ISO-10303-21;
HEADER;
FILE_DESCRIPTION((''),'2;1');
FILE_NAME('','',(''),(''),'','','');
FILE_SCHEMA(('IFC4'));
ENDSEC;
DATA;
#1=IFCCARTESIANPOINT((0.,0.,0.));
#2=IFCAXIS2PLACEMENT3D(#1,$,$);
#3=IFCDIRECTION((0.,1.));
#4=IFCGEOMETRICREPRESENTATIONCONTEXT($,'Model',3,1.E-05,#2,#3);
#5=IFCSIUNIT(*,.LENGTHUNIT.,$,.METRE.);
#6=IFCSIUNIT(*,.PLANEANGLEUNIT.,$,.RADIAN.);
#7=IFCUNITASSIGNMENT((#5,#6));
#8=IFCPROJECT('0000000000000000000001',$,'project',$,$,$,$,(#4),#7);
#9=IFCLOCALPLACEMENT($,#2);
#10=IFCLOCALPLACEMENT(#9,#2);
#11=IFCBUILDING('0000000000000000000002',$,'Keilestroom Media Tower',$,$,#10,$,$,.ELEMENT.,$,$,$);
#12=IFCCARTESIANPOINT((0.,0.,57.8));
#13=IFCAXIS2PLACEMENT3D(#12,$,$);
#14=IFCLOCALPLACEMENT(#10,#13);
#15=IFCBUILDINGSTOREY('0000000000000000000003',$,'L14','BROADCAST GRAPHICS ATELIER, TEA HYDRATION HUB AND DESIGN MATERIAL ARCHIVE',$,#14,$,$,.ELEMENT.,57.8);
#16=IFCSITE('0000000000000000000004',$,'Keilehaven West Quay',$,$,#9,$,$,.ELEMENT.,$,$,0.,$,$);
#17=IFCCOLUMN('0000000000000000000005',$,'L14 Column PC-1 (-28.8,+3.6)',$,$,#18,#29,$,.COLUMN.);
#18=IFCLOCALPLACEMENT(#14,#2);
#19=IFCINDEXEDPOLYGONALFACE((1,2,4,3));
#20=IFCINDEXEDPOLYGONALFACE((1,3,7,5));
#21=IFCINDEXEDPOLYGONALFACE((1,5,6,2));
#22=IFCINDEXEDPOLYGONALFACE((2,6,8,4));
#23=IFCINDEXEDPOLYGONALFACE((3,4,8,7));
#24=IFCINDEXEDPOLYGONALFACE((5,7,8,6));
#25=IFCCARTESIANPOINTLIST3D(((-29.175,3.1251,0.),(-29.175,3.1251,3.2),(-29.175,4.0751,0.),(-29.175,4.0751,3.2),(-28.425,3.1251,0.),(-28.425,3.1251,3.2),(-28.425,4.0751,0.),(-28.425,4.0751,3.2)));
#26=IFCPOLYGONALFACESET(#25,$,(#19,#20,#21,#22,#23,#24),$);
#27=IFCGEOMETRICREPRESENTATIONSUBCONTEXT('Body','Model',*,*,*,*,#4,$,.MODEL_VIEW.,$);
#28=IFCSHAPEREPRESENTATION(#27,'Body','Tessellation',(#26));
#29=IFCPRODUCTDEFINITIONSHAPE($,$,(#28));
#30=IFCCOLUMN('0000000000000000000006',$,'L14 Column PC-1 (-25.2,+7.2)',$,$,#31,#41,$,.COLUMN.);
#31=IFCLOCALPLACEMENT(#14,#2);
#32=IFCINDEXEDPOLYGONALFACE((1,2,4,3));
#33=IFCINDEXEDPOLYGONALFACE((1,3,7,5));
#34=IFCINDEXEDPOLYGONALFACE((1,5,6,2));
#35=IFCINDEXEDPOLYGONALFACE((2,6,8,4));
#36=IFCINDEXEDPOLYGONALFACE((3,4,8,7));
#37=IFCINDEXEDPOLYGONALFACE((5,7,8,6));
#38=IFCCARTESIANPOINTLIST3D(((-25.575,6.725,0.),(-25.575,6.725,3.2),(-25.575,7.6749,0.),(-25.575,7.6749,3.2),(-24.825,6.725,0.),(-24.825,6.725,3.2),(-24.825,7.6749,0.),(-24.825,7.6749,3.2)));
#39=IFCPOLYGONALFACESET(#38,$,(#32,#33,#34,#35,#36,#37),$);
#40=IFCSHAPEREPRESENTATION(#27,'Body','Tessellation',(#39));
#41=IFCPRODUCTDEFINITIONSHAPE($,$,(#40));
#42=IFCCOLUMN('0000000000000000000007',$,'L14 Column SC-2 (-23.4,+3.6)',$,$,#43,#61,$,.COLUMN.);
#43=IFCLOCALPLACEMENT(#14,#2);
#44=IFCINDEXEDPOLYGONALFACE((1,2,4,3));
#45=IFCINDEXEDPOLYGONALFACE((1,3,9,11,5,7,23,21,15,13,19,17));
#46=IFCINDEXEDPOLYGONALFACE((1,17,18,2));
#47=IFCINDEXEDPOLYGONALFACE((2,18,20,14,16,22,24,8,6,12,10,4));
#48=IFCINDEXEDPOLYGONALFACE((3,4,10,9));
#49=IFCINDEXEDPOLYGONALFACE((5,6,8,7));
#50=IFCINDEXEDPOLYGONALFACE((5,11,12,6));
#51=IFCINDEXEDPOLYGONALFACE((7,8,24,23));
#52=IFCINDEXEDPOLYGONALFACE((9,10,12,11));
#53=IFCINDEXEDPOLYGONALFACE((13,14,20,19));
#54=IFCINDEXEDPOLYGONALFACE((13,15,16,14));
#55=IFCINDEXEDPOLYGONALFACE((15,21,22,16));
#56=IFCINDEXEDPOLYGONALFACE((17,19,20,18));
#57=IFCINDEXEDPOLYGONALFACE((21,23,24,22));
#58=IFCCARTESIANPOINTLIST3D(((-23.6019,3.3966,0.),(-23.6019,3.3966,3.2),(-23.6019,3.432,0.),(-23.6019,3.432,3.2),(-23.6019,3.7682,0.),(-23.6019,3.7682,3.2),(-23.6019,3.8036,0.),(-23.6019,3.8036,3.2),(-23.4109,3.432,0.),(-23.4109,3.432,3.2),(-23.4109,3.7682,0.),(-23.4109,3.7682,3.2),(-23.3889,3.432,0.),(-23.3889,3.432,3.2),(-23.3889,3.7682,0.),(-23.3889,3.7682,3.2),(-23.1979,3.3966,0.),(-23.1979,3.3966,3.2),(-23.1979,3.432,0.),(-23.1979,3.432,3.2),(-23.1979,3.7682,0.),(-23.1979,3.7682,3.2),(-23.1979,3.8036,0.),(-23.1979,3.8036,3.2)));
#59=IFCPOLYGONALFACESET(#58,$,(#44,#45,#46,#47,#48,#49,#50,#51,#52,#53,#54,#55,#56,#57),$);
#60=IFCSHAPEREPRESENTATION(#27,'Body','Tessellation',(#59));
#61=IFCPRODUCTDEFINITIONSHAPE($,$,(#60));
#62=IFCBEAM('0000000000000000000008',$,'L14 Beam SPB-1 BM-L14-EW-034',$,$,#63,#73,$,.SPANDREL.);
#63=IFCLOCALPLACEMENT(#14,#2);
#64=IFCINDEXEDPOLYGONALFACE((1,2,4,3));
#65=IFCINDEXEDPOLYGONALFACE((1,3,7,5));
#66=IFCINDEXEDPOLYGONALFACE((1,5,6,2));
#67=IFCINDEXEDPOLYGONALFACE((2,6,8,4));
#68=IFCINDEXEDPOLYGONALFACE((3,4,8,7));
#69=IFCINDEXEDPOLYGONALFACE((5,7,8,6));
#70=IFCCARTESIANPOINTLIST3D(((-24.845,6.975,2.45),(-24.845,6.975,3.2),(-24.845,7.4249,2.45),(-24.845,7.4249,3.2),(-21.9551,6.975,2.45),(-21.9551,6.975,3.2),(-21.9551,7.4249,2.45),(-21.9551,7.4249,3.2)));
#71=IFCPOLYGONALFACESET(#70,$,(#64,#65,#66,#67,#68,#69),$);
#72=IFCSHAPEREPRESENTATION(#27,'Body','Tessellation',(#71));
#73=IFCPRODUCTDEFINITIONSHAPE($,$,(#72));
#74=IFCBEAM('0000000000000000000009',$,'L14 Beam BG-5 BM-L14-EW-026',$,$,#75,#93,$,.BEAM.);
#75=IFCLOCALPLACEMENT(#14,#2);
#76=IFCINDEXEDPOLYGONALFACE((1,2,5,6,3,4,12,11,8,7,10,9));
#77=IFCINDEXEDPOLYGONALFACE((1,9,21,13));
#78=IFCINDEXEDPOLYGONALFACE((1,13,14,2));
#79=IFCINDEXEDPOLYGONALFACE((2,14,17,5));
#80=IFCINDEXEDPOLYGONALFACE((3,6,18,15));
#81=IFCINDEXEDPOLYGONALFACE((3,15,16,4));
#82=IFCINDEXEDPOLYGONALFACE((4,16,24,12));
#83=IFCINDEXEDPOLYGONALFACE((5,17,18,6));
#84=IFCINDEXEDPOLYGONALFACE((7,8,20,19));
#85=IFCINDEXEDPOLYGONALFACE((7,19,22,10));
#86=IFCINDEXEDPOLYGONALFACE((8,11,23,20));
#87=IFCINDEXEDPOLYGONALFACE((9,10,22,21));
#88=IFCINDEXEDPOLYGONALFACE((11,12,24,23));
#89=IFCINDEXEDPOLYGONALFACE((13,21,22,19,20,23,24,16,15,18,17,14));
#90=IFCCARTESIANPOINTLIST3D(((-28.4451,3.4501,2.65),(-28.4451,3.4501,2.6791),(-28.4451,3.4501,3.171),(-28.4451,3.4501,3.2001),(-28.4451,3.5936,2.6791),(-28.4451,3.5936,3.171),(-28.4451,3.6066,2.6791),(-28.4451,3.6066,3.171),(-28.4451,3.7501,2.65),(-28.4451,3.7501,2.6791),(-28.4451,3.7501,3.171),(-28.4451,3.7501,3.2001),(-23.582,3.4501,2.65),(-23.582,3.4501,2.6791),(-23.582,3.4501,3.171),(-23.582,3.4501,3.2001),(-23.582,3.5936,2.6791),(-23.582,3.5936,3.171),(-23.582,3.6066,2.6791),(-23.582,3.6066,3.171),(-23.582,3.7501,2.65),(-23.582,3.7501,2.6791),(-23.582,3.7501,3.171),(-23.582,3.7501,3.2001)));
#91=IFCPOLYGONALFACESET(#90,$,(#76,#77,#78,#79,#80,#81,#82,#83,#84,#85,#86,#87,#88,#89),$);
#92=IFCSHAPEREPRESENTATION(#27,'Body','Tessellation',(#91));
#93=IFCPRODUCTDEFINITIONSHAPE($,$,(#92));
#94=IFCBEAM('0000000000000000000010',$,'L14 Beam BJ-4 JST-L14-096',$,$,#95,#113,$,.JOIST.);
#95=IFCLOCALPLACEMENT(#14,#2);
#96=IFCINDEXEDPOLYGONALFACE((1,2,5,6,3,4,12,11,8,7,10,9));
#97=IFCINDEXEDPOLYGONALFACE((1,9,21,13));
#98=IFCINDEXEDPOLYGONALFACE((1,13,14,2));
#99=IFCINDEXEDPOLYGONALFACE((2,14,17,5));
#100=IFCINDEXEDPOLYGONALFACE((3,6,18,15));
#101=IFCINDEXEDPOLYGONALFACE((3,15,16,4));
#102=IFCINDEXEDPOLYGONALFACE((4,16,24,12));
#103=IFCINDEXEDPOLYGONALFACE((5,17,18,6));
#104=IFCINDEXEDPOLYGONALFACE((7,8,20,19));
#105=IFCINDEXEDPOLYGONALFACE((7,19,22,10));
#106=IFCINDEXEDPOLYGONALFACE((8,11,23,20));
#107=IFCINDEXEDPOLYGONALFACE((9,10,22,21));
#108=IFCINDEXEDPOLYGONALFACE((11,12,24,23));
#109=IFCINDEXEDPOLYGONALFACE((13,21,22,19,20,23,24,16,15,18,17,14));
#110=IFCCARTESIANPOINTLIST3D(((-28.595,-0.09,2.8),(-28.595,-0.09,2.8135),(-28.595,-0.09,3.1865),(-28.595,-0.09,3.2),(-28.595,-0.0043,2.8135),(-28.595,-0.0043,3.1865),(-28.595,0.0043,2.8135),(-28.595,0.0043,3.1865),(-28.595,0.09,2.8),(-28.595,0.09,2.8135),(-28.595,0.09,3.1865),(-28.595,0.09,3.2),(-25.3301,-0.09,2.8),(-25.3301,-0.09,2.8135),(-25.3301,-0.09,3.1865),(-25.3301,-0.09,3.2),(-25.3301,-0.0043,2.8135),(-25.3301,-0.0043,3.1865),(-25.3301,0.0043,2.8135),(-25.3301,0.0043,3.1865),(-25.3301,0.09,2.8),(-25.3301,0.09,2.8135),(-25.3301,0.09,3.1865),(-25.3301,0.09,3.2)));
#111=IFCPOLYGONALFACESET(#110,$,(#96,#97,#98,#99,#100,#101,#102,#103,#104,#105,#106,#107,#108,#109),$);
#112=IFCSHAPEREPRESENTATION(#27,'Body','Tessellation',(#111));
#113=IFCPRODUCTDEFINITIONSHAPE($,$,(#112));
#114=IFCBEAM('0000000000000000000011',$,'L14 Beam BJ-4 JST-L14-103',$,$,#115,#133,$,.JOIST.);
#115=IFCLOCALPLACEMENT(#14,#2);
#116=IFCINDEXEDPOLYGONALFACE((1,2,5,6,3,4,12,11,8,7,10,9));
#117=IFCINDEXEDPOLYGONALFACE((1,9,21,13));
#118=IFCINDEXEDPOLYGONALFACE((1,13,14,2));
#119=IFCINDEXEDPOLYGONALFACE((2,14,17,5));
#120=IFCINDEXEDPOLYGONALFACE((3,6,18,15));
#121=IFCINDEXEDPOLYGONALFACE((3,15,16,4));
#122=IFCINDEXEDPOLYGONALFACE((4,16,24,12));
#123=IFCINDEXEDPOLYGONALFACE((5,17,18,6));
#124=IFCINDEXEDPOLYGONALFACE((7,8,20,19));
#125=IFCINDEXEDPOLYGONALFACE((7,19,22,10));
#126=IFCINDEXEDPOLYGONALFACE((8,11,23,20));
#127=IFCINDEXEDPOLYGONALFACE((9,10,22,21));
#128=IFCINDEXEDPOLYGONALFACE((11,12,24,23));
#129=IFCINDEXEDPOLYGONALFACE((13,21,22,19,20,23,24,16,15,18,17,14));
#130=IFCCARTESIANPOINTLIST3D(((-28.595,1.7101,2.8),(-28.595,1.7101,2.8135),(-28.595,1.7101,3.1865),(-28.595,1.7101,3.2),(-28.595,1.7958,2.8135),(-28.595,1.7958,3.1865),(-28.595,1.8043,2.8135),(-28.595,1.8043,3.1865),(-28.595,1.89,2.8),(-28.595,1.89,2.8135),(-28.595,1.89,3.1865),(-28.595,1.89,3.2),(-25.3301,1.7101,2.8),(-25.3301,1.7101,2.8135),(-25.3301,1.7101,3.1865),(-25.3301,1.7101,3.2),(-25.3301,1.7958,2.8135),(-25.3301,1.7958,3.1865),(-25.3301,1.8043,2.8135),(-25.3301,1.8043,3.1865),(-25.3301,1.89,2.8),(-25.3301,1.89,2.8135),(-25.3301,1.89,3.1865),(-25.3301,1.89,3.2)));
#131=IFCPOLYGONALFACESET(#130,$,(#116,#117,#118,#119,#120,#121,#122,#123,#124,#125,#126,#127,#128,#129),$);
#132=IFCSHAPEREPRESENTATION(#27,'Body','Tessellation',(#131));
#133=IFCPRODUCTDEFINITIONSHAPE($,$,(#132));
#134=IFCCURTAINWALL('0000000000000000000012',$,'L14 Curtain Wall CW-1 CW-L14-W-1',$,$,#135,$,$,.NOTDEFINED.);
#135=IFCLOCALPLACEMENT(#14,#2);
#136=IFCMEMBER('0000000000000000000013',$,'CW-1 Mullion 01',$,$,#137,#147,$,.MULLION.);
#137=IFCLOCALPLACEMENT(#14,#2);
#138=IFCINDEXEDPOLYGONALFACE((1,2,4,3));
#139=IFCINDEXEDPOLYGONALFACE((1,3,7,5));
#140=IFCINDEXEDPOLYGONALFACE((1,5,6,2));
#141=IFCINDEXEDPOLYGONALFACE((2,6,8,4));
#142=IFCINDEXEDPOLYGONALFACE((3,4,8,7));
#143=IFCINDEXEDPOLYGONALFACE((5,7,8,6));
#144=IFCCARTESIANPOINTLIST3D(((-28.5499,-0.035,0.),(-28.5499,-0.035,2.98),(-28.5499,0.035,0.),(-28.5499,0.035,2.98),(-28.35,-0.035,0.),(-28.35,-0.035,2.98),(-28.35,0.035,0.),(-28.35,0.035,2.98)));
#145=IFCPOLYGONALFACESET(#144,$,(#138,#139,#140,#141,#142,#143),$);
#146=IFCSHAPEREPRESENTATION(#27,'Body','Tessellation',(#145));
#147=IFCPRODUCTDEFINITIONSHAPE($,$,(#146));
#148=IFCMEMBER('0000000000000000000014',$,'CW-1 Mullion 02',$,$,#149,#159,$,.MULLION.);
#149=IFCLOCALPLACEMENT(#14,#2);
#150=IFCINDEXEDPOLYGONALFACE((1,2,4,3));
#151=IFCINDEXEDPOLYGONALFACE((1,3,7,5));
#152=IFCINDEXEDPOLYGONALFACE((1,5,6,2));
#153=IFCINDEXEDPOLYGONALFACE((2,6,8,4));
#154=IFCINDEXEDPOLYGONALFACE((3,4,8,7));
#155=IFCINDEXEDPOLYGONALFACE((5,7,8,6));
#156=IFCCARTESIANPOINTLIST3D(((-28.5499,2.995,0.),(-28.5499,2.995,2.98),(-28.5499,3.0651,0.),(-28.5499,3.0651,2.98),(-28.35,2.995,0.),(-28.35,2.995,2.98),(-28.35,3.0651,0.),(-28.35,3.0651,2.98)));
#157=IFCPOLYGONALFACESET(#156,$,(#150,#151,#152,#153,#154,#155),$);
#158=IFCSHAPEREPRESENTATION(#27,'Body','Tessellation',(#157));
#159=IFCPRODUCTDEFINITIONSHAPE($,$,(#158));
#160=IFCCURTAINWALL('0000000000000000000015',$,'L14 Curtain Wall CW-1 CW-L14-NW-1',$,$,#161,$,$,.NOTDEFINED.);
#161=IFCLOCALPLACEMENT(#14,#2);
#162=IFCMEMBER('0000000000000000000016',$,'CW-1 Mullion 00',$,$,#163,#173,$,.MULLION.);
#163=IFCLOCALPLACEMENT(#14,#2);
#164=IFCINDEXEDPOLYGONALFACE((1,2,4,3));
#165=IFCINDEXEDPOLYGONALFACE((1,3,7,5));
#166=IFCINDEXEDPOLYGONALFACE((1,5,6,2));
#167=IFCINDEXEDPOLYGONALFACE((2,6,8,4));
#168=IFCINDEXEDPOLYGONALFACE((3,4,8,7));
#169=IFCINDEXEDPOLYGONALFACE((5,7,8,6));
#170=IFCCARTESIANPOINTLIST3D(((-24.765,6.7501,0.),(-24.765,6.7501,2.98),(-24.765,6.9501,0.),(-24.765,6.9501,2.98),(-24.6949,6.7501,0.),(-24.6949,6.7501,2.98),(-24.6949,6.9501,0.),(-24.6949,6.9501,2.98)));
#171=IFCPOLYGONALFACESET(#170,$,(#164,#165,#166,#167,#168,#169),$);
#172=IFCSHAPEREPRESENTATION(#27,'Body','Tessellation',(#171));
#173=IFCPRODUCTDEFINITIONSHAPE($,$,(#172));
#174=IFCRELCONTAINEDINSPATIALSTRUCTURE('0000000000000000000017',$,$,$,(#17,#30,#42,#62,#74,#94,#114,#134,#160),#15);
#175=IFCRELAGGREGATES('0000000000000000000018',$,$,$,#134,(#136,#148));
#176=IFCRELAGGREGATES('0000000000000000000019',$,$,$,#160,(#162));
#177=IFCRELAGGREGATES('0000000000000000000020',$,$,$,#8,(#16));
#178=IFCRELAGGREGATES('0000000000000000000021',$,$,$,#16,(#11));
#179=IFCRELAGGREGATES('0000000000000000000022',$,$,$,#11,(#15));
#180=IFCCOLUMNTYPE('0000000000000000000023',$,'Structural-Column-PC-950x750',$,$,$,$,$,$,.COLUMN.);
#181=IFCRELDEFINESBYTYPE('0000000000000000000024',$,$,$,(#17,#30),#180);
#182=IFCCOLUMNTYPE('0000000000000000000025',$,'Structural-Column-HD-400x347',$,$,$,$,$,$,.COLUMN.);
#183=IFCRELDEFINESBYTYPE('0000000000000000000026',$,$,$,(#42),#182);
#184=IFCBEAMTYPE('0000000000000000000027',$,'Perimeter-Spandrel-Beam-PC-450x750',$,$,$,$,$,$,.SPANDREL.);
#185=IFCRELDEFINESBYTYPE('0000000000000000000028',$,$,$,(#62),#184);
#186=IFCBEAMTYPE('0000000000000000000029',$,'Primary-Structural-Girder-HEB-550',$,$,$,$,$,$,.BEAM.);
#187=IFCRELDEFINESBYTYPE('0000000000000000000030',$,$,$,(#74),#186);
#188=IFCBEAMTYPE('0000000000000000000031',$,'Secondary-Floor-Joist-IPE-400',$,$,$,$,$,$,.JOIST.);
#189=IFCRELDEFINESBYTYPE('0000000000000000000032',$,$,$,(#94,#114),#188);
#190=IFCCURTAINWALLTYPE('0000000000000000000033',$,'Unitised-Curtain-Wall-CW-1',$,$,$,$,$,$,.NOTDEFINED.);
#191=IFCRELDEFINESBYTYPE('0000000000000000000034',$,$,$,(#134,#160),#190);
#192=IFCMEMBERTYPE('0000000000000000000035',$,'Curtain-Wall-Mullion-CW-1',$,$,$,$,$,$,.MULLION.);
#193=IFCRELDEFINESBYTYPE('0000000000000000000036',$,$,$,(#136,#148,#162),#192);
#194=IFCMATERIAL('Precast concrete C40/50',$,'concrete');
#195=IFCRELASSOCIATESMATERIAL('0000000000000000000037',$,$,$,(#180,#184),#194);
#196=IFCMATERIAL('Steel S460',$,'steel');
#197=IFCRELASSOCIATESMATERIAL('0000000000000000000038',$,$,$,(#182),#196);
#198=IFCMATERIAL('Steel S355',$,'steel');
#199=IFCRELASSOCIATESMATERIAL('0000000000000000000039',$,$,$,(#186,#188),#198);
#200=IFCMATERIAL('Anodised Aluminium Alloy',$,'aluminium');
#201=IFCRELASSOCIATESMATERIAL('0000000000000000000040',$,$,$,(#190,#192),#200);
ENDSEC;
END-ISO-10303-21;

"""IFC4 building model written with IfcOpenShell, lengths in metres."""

from ifc_helpers import new_model, si_unit, direction, frame, origin, origin_2d, place, context, subcontext, project, spatial, rectangle, i_section, extrude, source, transform, mapped, material, material_profile, profile_set, type_object, element, aggregate, save


model = new_model("IFC4")

# Units and contexts
model_context = context("Model", 3, precision=1e-05, world=origin(), true_north=direction((0.0, 1.0)))
body_context = subcontext(model_context, "Body", "Model", "MODEL_VIEW")
ifc_project = project(units=[si_unit("LENGTHUNIT", "METRE"), si_unit("PLANEANGLEUNIT", "RADIAN")], contexts=[model_context])

# Site, building, storey
site_placement = place(None, origin())
site = spatial("IfcSite", under=ifc_project, at=site_placement, Name="Keilehaven West Quay", CompositionType="ELEMENT", RefElevation=0.0)
building_placement = place(site_placement, origin())
building = spatial("IfcBuilding", under=site, at=building_placement, Name="Keilestroom Media Tower", CompositionType="ELEMENT")
storey_placement = place(building_placement, frame((0.0, 0.0, 57.8)))
storey = spatial("IfcBuildingStorey", under=building, at=storey_placement, Name="L14", Description="BROADCAST GRAPHICS ATELIER, TEA HYDRATION HUB AND DESIGN MATERIAL ARCHIVE", CompositionType="ELEMENT", Elevation=57.8)

# Columns
ifc_material_1 = material(Name="Precast concrete C40/50", Category="concrete")
ifc_material_profile_1 = material_profile(ifc_material_1, rectangle(XDim=0.75, YDim=0.95, at=origin_2d()), Name="PC 950x750")
ifc_profile_set_1 = profile_set([ifc_material_profile_1], Name="Precast concrete C40/50")
column_type_1 = type_object("IfcColumnType", Name="Structural-Column-PC-950x750", PredefinedType="COLUMN", material=ifc_profile_set_1)
shared_shape_1 = source(origin(), body_context, "Body", "SweptSolid", [
    extrude(rectangle(XDim=0.75, YDim=0.95, at=origin_2d()), origin(), (0.0, 0.0, 1.0), 3.2),
])
for number, where, z_axis, x_axis, name in (
    (1, (-28.8, 3.6001, 0.0), (0.0, 0.0, 1.0), (1.0, 0.0, 0.0), "L14 Column PC-1 (-28.8,+3.6)"),
    (2, (-25.2, 7.2, 0.0), (0.0, 0.0, 1.0), (1.0, 0.0, 0.0), "L14 Column PC-1 (-25.2,+7.2)"),
):
    element("IfcColumn", number, at=place(storey_placement, frame(where, z_axis=z_axis, x_axis=x_axis)), inside=storey, type_object=column_type_1, Name=name, PredefinedType="COLUMN", context=body_context, shape_type="MappedRepresentation", body=[
        mapped(shared_shape_1, transform((0.0, 0.0, 0.0), x_axis=(1.0, 0.0, 0.0), y_axis=(0.0, 1.0, 0.0), z_axis=(0.0, 0.0, 1.0), scale=1.0)),
    ])
ifc_material_2 = material(Name="Steel S460", Category="steel")
ifc_material_profile_2 = material_profile(ifc_material_2, i_section(OverallWidth=0.4041, OverallDepth=0.407, WebThickness=0.022, FlangeThickness=0.0354, at=origin_2d()), Name="HD 400x347")
ifc_profile_set_2 = profile_set([ifc_material_profile_2], Name="Steel S460")
column_type_2 = type_object("IfcColumnType", Name="Structural-Column-HD-400x347", PredefinedType="COLUMN", material=ifc_profile_set_2)
shared_shape_2 = source(origin(), body_context, "Body", "SweptSolid", [
    extrude(i_section(OverallWidth=0.4041, OverallDepth=0.407, WebThickness=0.022, FlangeThickness=0.0354, at=origin_2d()), origin(), (0.0, 0.0, 1.0), 3.2),
])
column_placement = place(storey_placement, frame((-23.3999, 3.6001, 0.0), z_axis=(0.0, 0.0, 1.0), x_axis=(1.0, 0.0, 0.0)))
element("IfcColumn", 3, at=column_placement, inside=storey, type_object=column_type_2, Name="L14 Column SC-2 (-23.4,+3.6)", PredefinedType="COLUMN", context=body_context, shape_type="MappedRepresentation", body=[
    mapped(shared_shape_2, transform((0.0, 0.0, 0.0), x_axis=(1.0, 0.0, 0.0), y_axis=(0.0, 1.0, 0.0), z_axis=(0.0, 0.0, 1.0), scale=1.0)),
])

# Beams
ifc_material_profile_3 = material_profile(ifc_material_1, rectangle(XDim=0.45, YDim=0.75, at=origin_2d()), Name="PC 450x750")
ifc_profile_set_3 = profile_set([ifc_material_profile_3], Name="Precast concrete C40/50")
beam_type_1 = type_object("IfcBeamType", Name="Perimeter-Spandrel-Beam-PC-450x750", PredefinedType="SPANDREL", material=ifc_profile_set_3)
shared_shape_3 = source(origin(), body_context, "Body", "SweptSolid", [
    extrude(rectangle(XDim=0.45, YDim=0.75, at=origin_2d()), origin(), (0.0, 0.0, 1.0), 2.8899),
])
beam_1_placement = place(storey_placement, frame((-24.845, 7.2, 2.825), z_axis=(1.0, 0.0, 0.0), x_axis=(0.0, 1.0, 0.0)))
element("IfcBeam", 4, at=beam_1_placement, inside=storey, type_object=beam_type_1, Name="L14 Beam SPB-1 BM-L14-EW-034", PredefinedType="SPANDREL", context=body_context, shape_type="MappedRepresentation", body=[
    mapped(shared_shape_3, transform((0.0, 0.0, 0.0), x_axis=(1.0, 0.0, 0.0), y_axis=(0.0, 1.0, 0.0), z_axis=(0.0, 0.0, 1.0), scale=1.0)),
])
ifc_material_3 = material(Name="Steel S355", Category="steel")
ifc_material_profile_4 = material_profile(ifc_material_3, i_section(OverallWidth=0.3, OverallDepth=0.55, WebThickness=0.0129, FlangeThickness=0.0291, at=origin_2d()), Name="HEB 550")
ifc_profile_set_4 = profile_set([ifc_material_profile_4], Name="Steel S355")
beam_type_2 = type_object("IfcBeamType", Name="Primary-Structural-Girder-HEB-550", PredefinedType="BEAM", material=ifc_profile_set_4)
shared_shape_4 = source(origin(), body_context, "Body", "SweptSolid", [
    extrude(i_section(OverallWidth=0.3, OverallDepth=0.55, WebThickness=0.0129, FlangeThickness=0.0291, at=origin_2d()), origin(), (0.0, 0.0, 1.0), 4.863),
])
beam_2_placement = place(storey_placement, frame((-28.4451, 3.6001, 2.925), z_axis=(1.0, 0.0, 0.0), x_axis=(0.0, 1.0, 0.0)))
element("IfcBeam", 5, at=beam_2_placement, inside=storey, type_object=beam_type_2, Name="L14 Beam BG-5 BM-L14-EW-026", PredefinedType="BEAM", context=body_context, shape_type="MappedRepresentation", body=[
    mapped(shared_shape_4, transform((0.0, 0.0, 0.0), x_axis=(1.0, 0.0, 0.0), y_axis=(0.0, 1.0, 0.0), z_axis=(0.0, 0.0, 1.0), scale=1.0)),
])
ifc_material_profile_5 = material_profile(ifc_material_3, i_section(OverallWidth=0.1799, OverallDepth=0.3999, WebThickness=0.0085, FlangeThickness=0.0134, at=origin_2d()), Name="IPE 400")
ifc_profile_set_5 = profile_set([ifc_material_profile_5], Name="Steel S355")
beam_type_3 = type_object("IfcBeamType", Name="Secondary-Floor-Joist-IPE-400", PredefinedType="JOIST", material=ifc_profile_set_5)
shared_shape_5 = source(origin(), body_context, "Body", "SweptSolid", [
    extrude(i_section(OverallWidth=0.1799, OverallDepth=0.3999, WebThickness=0.0085, FlangeThickness=0.0134, at=origin_2d()), origin(), (0.0, 0.0, 1.0), 3.2649),
])
for number, where, z_axis, x_axis, name in (
    (6, (-28.595, 0.0, 3.0), (1.0, 0.0, 0.0), (0.0, 1.0, 0.0), "L14 Beam BJ-4 JST-L14-096"),
    (7, (-28.595, 1.8, 3.0), (1.0, 0.0, 0.0), (0.0, 1.0, 0.0), "L14 Beam BJ-4 JST-L14-103"),
):
    element("IfcBeam", number, at=place(storey_placement, frame(where, z_axis=z_axis, x_axis=x_axis)), inside=storey, type_object=beam_type_3, Name=name, PredefinedType="JOIST", context=body_context, shape_type="MappedRepresentation", body=[
        mapped(shared_shape_5, transform((0.0, 0.0, 0.0), x_axis=(1.0, 0.0, 0.0), y_axis=(0.0, 1.0, 0.0), z_axis=(0.0, 0.0, 1.0), scale=1.0)),
    ])

# Curtain wall, members
ifc_material_4 = material(Name="Anodised Aluminium Alloy", Category="aluminium")
curtain_wall_type = type_object("IfcCurtainWallType", Name="Unitised-Curtain-Wall-CW-1", PredefinedType="NOTDEFINED", material=ifc_material_4)
curtain_wall_1_placement = place(storey_placement, origin())
curtain_wall_1 = element("IfcCurtainWall", 8, at=curtain_wall_1_placement, inside=storey, type_object=curtain_wall_type, Name="L14 Curtain Wall CW-1 CW-L14-W-1", PredefinedType="NOTDEFINED")
ifc_material_profile_6 = material_profile(ifc_material_4, rectangle(XDim=0.0701, YDim=0.2, at=origin_2d()), Name="ALU MULLION 70x200")
ifc_profile_set_6 = profile_set([ifc_material_profile_6], Name="Anodised Aluminium Alloy")
member_type_1 = type_object("IfcMemberType", Name="Curtain-Wall-Mullion-CW-1", PredefinedType="MULLION", material=ifc_profile_set_6)
shared_shape_6 = source(origin(), body_context, "Body", "SweptSolid", [
    extrude(rectangle(XDim=0.0701, YDim=0.2, at=origin_2d()), origin(), (0.0, 0.0, 1.0), 2.98),
])
member_1_placement = place(storey_placement, frame((-28.45, 0.0, 0.0), z_axis=(0.0, 0.0, 1.0), x_axis=(0.0, 1.0, 0.0)))
member_1 = element("IfcMember", 9, at=member_1_placement, type_object=member_type_1, Name="CW-1 Mullion 01", PredefinedType="MULLION", context=body_context, shape_type="MappedRepresentation", body=[
    mapped(shared_shape_6, transform((0.0, 0.0, 0.0), x_axis=(1.0, 0.0, 0.0), y_axis=(0.0, 1.0, 0.0), z_axis=(0.0, 0.0, 1.0), scale=1.0)),
])
member_2_placement = place(storey_placement, frame((-28.45, 3.03, 0.0), z_axis=(0.0, 0.0, 1.0), x_axis=(0.0, 1.0, 0.0)))
member_2 = element("IfcMember", 10, at=member_2_placement, type_object=member_type_1, Name="CW-1 Mullion 02", PredefinedType="MULLION", context=body_context, shape_type="MappedRepresentation", body=[
    mapped(shared_shape_6, transform((0.0, 0.0, 0.0), x_axis=(1.0, 0.0, 0.0), y_axis=(0.0, 1.0, 0.0), z_axis=(0.0, 0.0, 1.0), scale=1.0)),
])

# Curtain wall, member
curtain_wall_2_placement = place(storey_placement, origin())
curtain_wall_2 = element("IfcCurtainWall", 11, at=curtain_wall_2_placement, inside=storey, type_object=curtain_wall_type, Name="L14 Curtain Wall CW-1 CW-L14-NW-1", PredefinedType="NOTDEFINED")
member_3_placement = place(storey_placement, frame((-24.73, 6.8501, 0.0), z_axis=(0.0, 0.0, 1.0), x_axis=(1.0, 0.0, 0.0)))
member_3 = element("IfcMember", 12, at=member_3_placement, type_object=member_type_1, Name="CW-1 Mullion 00", PredefinedType="MULLION", context=body_context, shape_type="MappedRepresentation", body=[
    mapped(shared_shape_6, transform((0.0, 0.0, 0.0), x_axis=(1.0, 0.0, 0.0), y_axis=(0.0, 1.0, 0.0), z_axis=(0.0, 0.0, 1.0), scale=1.0)),
])

aggregate(curtain_wall_1, [member_1, member_2])
aggregate(curtain_wall_2, [member_3])

save(model, "model.ifc")
